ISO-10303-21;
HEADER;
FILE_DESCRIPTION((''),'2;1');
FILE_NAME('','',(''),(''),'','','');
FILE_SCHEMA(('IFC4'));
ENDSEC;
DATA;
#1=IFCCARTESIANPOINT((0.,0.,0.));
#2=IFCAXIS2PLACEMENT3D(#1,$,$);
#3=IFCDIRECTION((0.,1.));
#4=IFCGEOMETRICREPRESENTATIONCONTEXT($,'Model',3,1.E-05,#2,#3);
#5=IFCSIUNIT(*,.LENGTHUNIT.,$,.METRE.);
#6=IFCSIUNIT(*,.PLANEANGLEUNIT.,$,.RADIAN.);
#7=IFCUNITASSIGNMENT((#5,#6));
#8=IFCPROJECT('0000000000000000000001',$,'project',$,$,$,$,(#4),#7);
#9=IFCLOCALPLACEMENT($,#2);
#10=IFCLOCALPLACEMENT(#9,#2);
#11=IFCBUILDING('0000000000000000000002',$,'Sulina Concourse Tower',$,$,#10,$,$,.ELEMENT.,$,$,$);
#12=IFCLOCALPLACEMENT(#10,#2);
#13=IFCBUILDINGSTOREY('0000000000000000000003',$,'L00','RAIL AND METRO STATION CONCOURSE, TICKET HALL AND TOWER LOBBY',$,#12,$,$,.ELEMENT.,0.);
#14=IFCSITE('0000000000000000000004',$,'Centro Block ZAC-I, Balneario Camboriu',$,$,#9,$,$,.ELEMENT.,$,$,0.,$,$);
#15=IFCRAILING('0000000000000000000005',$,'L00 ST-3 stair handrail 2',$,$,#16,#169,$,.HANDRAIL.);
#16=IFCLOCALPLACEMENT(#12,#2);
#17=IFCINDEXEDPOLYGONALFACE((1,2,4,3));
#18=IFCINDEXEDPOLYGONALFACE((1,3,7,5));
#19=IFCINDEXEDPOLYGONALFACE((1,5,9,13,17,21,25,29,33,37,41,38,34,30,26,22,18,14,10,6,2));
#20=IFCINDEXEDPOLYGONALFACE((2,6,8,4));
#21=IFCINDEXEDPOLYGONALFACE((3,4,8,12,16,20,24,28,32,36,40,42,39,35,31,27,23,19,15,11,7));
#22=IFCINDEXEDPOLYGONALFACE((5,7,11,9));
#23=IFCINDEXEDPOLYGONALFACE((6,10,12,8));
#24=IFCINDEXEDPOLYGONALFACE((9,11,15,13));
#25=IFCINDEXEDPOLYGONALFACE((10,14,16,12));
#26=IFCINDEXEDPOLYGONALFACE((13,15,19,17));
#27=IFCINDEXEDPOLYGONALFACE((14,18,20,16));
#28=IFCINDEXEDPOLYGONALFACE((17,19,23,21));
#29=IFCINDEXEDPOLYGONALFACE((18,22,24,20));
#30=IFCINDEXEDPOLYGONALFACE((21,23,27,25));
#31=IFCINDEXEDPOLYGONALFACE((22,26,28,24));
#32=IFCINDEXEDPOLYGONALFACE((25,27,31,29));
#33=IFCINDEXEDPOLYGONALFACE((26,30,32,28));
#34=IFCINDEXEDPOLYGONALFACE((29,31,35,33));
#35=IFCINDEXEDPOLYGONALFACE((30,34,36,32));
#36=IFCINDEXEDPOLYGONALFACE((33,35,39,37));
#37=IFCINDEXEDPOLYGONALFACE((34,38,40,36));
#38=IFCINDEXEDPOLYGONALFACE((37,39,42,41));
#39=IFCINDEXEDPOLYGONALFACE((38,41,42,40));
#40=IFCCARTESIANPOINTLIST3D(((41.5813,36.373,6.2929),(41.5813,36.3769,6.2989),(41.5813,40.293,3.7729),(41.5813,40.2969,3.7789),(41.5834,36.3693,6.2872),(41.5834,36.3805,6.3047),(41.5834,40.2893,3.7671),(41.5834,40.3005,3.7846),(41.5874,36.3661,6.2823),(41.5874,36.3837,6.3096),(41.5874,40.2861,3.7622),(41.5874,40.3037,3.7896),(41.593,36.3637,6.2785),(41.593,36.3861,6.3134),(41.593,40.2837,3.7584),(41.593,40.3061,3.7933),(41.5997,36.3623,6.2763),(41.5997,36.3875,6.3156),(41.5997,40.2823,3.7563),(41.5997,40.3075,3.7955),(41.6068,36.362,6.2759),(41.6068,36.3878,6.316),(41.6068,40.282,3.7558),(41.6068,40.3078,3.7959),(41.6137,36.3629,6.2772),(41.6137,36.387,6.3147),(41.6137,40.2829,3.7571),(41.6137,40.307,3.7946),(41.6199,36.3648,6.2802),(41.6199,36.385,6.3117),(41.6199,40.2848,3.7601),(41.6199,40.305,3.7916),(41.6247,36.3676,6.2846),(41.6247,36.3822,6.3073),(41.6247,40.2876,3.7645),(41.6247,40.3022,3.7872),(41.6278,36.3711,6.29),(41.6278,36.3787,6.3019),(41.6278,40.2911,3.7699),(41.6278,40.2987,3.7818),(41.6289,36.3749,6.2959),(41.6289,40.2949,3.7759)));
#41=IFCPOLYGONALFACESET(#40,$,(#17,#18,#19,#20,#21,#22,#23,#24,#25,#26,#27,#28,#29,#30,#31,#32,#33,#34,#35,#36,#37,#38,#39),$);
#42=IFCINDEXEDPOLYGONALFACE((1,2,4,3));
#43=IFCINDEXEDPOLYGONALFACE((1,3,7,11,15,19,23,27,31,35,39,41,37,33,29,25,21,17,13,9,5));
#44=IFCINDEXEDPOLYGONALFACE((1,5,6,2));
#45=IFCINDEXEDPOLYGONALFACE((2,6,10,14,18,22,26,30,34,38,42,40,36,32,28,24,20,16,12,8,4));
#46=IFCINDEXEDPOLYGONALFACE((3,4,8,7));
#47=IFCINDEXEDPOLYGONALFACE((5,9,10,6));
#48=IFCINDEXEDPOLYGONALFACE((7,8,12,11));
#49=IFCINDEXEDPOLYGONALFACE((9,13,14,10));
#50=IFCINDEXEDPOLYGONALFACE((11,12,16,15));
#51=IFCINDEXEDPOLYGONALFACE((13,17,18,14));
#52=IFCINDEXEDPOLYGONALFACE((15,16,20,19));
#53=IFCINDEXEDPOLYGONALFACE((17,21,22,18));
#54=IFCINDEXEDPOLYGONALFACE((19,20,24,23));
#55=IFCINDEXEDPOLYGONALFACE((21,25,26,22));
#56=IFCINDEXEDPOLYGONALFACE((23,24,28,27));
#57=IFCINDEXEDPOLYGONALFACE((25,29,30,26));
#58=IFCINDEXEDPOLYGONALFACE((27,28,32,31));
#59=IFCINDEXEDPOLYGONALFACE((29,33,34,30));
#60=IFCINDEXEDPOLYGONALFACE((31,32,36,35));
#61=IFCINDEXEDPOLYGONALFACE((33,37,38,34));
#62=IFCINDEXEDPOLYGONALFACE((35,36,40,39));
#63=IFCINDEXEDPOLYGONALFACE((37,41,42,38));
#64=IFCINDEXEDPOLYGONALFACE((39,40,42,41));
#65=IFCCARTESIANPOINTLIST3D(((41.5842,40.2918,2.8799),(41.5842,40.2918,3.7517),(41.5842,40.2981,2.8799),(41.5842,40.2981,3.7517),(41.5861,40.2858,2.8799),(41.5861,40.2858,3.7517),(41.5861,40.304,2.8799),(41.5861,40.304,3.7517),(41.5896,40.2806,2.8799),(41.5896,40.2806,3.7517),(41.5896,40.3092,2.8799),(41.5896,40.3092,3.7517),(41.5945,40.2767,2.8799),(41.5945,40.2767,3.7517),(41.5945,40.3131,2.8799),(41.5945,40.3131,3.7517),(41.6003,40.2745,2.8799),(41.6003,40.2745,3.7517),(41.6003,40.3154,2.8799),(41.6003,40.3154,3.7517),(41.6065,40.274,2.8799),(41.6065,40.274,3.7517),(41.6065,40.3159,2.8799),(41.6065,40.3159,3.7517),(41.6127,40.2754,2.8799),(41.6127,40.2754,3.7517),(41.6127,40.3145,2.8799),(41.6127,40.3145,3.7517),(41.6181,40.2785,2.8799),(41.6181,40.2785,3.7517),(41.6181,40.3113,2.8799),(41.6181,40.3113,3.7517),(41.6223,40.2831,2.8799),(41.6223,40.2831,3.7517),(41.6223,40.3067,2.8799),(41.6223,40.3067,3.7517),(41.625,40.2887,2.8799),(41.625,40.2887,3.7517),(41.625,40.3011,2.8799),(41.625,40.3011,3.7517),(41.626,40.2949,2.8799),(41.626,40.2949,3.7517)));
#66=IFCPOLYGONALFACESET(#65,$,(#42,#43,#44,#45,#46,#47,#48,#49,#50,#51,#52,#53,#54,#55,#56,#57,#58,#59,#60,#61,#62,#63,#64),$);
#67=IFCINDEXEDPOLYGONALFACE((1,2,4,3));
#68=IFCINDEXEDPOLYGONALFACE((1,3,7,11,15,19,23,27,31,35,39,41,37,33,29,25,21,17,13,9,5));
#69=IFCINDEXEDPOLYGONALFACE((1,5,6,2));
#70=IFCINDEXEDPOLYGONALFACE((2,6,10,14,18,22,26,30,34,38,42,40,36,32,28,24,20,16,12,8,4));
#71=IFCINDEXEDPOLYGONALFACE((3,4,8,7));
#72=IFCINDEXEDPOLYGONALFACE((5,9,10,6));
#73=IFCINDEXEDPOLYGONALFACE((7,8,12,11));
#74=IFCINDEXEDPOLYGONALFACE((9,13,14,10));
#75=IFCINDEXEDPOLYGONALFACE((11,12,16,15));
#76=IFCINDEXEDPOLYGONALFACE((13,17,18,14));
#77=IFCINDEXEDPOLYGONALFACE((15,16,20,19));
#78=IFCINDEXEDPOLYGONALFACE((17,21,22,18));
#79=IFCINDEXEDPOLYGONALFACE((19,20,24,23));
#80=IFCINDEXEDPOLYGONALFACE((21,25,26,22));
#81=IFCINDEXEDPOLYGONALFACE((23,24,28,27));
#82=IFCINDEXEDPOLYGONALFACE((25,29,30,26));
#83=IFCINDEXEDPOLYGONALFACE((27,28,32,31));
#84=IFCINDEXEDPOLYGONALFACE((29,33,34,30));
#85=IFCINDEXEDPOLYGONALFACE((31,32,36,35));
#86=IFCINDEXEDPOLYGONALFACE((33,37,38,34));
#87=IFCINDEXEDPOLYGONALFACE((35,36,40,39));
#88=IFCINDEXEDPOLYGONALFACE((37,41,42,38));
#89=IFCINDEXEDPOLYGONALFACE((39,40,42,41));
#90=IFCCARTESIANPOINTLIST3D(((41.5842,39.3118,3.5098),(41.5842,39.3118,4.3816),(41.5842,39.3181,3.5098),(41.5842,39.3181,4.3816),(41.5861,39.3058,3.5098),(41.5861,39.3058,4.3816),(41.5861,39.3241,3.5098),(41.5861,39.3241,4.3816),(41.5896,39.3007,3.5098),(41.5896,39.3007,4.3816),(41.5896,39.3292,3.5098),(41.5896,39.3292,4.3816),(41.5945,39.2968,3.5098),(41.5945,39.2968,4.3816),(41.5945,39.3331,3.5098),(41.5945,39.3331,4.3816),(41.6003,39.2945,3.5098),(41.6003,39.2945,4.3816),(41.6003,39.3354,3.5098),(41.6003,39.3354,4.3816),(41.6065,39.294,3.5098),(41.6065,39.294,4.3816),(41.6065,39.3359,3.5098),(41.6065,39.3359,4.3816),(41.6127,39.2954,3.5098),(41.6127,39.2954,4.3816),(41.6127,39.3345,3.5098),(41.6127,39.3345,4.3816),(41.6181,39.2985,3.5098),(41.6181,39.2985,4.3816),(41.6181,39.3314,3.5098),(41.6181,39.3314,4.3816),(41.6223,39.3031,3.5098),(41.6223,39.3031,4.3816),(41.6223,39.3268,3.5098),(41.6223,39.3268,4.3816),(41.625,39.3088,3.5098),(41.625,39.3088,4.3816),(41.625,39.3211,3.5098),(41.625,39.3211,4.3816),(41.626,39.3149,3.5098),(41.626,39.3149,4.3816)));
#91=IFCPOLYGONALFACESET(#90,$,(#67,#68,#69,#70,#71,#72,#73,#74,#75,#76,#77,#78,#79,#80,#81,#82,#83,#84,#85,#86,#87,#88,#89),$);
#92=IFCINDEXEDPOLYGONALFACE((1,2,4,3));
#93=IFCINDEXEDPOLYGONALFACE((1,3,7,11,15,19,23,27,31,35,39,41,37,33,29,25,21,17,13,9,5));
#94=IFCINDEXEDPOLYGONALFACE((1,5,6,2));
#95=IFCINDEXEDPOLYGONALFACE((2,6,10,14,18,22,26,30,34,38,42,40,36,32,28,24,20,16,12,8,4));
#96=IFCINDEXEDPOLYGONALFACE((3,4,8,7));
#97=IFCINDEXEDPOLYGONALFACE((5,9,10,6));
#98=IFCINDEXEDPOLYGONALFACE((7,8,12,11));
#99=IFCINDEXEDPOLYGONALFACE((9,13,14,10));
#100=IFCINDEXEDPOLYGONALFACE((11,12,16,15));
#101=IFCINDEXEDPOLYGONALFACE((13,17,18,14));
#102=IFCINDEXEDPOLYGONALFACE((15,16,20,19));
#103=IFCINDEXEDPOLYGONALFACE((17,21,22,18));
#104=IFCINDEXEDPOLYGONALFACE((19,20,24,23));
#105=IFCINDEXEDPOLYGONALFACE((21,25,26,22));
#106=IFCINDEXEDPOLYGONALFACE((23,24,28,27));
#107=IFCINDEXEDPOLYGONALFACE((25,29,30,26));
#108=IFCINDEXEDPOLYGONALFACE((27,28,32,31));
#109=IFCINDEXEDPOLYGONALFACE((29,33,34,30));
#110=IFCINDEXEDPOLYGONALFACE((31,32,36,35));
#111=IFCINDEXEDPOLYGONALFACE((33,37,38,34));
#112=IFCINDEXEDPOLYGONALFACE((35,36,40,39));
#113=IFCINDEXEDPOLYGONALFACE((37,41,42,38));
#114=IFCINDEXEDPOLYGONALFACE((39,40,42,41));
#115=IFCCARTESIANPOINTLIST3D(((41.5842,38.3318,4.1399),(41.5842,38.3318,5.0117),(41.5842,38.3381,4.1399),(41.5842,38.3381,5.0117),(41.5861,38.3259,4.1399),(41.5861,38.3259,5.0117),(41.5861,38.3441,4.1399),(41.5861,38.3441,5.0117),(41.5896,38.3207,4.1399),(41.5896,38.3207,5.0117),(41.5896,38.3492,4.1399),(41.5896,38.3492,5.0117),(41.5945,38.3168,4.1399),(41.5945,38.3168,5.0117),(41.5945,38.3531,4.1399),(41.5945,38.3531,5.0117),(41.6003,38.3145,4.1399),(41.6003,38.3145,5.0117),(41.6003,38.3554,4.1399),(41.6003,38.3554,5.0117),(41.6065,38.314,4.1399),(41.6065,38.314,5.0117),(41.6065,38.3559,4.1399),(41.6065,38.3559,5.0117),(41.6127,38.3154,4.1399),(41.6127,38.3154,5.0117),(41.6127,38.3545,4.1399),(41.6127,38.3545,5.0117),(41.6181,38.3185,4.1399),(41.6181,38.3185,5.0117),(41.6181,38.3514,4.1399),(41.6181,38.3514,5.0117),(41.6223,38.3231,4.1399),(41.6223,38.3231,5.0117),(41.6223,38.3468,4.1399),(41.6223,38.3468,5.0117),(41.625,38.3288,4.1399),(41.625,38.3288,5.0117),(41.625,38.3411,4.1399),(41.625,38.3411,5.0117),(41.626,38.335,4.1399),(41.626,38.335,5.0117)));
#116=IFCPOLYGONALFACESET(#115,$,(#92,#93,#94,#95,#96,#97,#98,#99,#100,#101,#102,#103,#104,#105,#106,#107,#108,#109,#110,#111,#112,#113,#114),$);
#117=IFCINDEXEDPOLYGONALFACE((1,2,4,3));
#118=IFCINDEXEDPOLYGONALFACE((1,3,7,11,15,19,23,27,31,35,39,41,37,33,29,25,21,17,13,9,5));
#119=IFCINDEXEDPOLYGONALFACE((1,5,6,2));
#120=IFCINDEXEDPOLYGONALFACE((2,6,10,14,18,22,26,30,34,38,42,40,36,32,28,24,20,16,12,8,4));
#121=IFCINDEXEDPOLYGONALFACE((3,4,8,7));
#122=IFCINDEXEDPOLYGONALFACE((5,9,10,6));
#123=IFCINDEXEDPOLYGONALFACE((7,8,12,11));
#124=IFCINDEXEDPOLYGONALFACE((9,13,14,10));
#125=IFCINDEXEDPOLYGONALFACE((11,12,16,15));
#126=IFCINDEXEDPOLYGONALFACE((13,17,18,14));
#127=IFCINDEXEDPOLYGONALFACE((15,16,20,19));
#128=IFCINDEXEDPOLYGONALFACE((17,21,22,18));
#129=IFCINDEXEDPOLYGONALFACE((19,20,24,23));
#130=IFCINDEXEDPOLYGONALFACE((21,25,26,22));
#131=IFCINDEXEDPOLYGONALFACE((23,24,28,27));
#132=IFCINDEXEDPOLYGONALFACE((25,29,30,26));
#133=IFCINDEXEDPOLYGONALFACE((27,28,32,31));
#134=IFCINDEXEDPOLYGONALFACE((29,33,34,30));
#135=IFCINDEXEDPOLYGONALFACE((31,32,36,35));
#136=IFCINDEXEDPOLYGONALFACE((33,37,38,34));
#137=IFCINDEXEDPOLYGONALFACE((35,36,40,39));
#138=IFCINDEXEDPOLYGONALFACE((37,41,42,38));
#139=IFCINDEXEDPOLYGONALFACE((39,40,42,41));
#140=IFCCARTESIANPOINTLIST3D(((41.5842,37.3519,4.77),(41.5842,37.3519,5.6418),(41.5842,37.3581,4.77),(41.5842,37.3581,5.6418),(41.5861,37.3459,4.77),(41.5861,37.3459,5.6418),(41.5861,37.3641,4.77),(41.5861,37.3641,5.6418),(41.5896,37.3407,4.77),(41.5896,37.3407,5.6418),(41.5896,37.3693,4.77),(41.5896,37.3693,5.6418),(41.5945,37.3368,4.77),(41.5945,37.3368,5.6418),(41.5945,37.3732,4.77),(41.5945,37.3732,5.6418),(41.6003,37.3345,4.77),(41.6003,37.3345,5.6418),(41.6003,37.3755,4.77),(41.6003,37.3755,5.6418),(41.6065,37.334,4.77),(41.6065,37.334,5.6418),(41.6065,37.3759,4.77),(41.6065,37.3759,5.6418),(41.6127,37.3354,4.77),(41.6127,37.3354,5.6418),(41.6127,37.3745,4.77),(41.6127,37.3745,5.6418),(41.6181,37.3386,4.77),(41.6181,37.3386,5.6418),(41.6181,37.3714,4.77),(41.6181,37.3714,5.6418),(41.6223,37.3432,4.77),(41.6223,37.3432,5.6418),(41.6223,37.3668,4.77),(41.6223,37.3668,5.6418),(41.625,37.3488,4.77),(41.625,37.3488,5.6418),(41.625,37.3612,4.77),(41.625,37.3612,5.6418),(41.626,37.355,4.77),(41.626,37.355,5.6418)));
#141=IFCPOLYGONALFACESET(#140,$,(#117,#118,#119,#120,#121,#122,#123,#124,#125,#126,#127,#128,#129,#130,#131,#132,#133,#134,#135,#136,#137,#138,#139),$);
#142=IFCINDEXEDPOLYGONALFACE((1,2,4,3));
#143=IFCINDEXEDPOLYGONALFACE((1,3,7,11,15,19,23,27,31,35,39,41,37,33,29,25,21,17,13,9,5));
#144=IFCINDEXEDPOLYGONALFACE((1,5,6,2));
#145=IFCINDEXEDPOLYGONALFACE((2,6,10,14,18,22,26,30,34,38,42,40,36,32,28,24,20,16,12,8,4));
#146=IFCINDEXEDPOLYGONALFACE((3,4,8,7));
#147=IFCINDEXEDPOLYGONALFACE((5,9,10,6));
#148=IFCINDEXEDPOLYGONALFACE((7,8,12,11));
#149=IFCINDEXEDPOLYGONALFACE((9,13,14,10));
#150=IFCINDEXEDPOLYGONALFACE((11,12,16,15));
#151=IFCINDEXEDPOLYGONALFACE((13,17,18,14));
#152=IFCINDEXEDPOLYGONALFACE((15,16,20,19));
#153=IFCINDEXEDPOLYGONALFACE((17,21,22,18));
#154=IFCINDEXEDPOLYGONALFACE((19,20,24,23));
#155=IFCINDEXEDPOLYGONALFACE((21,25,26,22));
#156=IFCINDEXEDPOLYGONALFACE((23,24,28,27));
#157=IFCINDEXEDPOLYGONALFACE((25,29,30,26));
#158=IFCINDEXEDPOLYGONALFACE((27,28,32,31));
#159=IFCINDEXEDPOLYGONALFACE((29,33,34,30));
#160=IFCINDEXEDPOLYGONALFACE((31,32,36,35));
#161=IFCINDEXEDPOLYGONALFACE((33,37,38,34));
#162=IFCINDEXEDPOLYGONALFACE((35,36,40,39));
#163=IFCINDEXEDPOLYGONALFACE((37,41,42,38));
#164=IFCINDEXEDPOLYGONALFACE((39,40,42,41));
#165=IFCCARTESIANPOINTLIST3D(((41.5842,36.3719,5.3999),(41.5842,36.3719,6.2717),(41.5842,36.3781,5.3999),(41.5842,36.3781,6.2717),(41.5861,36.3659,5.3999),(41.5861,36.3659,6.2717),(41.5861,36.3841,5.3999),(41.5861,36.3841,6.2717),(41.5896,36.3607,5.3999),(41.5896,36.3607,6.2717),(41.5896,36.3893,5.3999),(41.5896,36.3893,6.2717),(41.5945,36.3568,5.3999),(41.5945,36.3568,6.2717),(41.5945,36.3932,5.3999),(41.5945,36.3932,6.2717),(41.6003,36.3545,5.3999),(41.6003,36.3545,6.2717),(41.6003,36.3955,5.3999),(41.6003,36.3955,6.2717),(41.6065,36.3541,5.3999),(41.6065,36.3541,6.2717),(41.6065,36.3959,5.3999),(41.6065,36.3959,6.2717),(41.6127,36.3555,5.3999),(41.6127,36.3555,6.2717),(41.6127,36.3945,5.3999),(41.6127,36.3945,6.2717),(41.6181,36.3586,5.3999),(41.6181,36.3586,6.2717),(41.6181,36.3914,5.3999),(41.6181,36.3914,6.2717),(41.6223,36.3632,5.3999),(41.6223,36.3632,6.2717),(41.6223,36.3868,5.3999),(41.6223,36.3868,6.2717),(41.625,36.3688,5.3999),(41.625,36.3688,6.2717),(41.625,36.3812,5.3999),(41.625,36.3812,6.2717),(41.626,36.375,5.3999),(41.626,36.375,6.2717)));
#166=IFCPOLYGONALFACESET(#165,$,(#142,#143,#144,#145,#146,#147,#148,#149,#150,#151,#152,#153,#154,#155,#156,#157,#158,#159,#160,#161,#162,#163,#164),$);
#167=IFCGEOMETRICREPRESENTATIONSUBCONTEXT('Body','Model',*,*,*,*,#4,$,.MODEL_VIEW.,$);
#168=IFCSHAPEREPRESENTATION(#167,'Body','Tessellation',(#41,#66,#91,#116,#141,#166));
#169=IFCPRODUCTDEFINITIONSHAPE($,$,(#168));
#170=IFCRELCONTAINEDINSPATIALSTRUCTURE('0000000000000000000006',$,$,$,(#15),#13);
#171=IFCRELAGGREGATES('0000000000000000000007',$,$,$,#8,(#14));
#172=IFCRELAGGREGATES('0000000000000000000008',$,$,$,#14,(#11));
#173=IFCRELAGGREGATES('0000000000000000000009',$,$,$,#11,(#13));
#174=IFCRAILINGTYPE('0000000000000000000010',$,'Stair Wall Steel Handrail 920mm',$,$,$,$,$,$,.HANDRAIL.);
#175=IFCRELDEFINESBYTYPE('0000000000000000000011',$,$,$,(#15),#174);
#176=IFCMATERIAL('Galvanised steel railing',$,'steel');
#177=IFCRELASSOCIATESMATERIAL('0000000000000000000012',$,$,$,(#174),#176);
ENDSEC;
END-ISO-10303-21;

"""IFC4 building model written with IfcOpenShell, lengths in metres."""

from ifc_helpers import new_model, si_unit, direction, frame, origin, origin_2d, place, context, subcontext, project, spatial, circle, extrude, material, type_object, element, save


model = new_model("IFC4")

# Units and contexts
model_context = context("Model", 3, precision=1e-05, world=origin(), true_north=direction((0.0, 1.0)))
body_context = subcontext(model_context, "Body", "Model", "MODEL_VIEW")
ifc_project = project(units=[si_unit("LENGTHUNIT", "METRE"), si_unit("PLANEANGLEUNIT", "RADIAN")], contexts=[model_context])

# Site, building, storey
site_placement = place(None, origin())
site = spatial("IfcSite", under=ifc_project, at=site_placement, Name="Centro Block ZAC-I, Balneario Camboriu", CompositionType="ELEMENT", RefElevation=0.0)
building_placement = place(site_placement, origin())
building = spatial("IfcBuilding", under=site, at=building_placement, Name="Sulina Concourse Tower", CompositionType="ELEMENT")
storey_placement = place(building_placement, origin())
storey = spatial("IfcBuildingStorey", under=building, at=storey_placement, Name="L00", Description="RAIL AND METRO STATION CONCOURSE, TICKET HALL AND TOWER LOBBY", CompositionType="ELEMENT", Elevation=0.0)

# Railing
ifc_material_1 = material(Name="Galvanised steel railing", Category="steel")
railing_type_1 = type_object("IfcRailingType", Name="Stair Wall Steel Handrail 920mm", PredefinedType="HANDRAIL", material=ifc_material_1)
railing_1_placement = place(storey_placement, frame((41.605, 40.2949, 2.8799)))
element("IfcRailing", 1, at=railing_1_placement, inside=storey, type_object=railing_type_1, Name="L00 ST-3 stair handrail 2", PredefinedType="HANDRAIL", context=body_context, shape_type="SweptSolid", body=[
    extrude(circle(Radius=0.0239, at=origin_2d()), frame((0.0, 0.0, 0.896), z_axis=(0.0, -0.841172, 0.540768), x_axis=(1.0, 0.0, 0.0)), (0.0, 0.0, 1.0), 4.6602),
    extrude(circle(Radius=0.021, at=origin_2d()), origin(), (0.0, 0.0, 1.0), 0.8718),
    extrude(circle(Radius=0.021, at=origin_2d()), frame((0.0, -0.98, 0.6299)), (0.0, 0.0, 1.0), 0.8718),
    extrude(circle(Radius=0.021, at=origin_2d()), frame((0.0, -1.96, 1.26)), (0.0, 0.0, 1.0), 0.8718),
    extrude(circle(Radius=0.021, at=origin_2d()), frame((0.0, -2.9399, 1.8901)), (0.0, 0.0, 1.0), 0.8718),
    extrude(circle(Radius=0.021, at=origin_2d()), frame((0.0, -3.9199, 2.52)), (0.0, 0.0, 1.0), 0.8718),
])

save(model, "model.ifc")
